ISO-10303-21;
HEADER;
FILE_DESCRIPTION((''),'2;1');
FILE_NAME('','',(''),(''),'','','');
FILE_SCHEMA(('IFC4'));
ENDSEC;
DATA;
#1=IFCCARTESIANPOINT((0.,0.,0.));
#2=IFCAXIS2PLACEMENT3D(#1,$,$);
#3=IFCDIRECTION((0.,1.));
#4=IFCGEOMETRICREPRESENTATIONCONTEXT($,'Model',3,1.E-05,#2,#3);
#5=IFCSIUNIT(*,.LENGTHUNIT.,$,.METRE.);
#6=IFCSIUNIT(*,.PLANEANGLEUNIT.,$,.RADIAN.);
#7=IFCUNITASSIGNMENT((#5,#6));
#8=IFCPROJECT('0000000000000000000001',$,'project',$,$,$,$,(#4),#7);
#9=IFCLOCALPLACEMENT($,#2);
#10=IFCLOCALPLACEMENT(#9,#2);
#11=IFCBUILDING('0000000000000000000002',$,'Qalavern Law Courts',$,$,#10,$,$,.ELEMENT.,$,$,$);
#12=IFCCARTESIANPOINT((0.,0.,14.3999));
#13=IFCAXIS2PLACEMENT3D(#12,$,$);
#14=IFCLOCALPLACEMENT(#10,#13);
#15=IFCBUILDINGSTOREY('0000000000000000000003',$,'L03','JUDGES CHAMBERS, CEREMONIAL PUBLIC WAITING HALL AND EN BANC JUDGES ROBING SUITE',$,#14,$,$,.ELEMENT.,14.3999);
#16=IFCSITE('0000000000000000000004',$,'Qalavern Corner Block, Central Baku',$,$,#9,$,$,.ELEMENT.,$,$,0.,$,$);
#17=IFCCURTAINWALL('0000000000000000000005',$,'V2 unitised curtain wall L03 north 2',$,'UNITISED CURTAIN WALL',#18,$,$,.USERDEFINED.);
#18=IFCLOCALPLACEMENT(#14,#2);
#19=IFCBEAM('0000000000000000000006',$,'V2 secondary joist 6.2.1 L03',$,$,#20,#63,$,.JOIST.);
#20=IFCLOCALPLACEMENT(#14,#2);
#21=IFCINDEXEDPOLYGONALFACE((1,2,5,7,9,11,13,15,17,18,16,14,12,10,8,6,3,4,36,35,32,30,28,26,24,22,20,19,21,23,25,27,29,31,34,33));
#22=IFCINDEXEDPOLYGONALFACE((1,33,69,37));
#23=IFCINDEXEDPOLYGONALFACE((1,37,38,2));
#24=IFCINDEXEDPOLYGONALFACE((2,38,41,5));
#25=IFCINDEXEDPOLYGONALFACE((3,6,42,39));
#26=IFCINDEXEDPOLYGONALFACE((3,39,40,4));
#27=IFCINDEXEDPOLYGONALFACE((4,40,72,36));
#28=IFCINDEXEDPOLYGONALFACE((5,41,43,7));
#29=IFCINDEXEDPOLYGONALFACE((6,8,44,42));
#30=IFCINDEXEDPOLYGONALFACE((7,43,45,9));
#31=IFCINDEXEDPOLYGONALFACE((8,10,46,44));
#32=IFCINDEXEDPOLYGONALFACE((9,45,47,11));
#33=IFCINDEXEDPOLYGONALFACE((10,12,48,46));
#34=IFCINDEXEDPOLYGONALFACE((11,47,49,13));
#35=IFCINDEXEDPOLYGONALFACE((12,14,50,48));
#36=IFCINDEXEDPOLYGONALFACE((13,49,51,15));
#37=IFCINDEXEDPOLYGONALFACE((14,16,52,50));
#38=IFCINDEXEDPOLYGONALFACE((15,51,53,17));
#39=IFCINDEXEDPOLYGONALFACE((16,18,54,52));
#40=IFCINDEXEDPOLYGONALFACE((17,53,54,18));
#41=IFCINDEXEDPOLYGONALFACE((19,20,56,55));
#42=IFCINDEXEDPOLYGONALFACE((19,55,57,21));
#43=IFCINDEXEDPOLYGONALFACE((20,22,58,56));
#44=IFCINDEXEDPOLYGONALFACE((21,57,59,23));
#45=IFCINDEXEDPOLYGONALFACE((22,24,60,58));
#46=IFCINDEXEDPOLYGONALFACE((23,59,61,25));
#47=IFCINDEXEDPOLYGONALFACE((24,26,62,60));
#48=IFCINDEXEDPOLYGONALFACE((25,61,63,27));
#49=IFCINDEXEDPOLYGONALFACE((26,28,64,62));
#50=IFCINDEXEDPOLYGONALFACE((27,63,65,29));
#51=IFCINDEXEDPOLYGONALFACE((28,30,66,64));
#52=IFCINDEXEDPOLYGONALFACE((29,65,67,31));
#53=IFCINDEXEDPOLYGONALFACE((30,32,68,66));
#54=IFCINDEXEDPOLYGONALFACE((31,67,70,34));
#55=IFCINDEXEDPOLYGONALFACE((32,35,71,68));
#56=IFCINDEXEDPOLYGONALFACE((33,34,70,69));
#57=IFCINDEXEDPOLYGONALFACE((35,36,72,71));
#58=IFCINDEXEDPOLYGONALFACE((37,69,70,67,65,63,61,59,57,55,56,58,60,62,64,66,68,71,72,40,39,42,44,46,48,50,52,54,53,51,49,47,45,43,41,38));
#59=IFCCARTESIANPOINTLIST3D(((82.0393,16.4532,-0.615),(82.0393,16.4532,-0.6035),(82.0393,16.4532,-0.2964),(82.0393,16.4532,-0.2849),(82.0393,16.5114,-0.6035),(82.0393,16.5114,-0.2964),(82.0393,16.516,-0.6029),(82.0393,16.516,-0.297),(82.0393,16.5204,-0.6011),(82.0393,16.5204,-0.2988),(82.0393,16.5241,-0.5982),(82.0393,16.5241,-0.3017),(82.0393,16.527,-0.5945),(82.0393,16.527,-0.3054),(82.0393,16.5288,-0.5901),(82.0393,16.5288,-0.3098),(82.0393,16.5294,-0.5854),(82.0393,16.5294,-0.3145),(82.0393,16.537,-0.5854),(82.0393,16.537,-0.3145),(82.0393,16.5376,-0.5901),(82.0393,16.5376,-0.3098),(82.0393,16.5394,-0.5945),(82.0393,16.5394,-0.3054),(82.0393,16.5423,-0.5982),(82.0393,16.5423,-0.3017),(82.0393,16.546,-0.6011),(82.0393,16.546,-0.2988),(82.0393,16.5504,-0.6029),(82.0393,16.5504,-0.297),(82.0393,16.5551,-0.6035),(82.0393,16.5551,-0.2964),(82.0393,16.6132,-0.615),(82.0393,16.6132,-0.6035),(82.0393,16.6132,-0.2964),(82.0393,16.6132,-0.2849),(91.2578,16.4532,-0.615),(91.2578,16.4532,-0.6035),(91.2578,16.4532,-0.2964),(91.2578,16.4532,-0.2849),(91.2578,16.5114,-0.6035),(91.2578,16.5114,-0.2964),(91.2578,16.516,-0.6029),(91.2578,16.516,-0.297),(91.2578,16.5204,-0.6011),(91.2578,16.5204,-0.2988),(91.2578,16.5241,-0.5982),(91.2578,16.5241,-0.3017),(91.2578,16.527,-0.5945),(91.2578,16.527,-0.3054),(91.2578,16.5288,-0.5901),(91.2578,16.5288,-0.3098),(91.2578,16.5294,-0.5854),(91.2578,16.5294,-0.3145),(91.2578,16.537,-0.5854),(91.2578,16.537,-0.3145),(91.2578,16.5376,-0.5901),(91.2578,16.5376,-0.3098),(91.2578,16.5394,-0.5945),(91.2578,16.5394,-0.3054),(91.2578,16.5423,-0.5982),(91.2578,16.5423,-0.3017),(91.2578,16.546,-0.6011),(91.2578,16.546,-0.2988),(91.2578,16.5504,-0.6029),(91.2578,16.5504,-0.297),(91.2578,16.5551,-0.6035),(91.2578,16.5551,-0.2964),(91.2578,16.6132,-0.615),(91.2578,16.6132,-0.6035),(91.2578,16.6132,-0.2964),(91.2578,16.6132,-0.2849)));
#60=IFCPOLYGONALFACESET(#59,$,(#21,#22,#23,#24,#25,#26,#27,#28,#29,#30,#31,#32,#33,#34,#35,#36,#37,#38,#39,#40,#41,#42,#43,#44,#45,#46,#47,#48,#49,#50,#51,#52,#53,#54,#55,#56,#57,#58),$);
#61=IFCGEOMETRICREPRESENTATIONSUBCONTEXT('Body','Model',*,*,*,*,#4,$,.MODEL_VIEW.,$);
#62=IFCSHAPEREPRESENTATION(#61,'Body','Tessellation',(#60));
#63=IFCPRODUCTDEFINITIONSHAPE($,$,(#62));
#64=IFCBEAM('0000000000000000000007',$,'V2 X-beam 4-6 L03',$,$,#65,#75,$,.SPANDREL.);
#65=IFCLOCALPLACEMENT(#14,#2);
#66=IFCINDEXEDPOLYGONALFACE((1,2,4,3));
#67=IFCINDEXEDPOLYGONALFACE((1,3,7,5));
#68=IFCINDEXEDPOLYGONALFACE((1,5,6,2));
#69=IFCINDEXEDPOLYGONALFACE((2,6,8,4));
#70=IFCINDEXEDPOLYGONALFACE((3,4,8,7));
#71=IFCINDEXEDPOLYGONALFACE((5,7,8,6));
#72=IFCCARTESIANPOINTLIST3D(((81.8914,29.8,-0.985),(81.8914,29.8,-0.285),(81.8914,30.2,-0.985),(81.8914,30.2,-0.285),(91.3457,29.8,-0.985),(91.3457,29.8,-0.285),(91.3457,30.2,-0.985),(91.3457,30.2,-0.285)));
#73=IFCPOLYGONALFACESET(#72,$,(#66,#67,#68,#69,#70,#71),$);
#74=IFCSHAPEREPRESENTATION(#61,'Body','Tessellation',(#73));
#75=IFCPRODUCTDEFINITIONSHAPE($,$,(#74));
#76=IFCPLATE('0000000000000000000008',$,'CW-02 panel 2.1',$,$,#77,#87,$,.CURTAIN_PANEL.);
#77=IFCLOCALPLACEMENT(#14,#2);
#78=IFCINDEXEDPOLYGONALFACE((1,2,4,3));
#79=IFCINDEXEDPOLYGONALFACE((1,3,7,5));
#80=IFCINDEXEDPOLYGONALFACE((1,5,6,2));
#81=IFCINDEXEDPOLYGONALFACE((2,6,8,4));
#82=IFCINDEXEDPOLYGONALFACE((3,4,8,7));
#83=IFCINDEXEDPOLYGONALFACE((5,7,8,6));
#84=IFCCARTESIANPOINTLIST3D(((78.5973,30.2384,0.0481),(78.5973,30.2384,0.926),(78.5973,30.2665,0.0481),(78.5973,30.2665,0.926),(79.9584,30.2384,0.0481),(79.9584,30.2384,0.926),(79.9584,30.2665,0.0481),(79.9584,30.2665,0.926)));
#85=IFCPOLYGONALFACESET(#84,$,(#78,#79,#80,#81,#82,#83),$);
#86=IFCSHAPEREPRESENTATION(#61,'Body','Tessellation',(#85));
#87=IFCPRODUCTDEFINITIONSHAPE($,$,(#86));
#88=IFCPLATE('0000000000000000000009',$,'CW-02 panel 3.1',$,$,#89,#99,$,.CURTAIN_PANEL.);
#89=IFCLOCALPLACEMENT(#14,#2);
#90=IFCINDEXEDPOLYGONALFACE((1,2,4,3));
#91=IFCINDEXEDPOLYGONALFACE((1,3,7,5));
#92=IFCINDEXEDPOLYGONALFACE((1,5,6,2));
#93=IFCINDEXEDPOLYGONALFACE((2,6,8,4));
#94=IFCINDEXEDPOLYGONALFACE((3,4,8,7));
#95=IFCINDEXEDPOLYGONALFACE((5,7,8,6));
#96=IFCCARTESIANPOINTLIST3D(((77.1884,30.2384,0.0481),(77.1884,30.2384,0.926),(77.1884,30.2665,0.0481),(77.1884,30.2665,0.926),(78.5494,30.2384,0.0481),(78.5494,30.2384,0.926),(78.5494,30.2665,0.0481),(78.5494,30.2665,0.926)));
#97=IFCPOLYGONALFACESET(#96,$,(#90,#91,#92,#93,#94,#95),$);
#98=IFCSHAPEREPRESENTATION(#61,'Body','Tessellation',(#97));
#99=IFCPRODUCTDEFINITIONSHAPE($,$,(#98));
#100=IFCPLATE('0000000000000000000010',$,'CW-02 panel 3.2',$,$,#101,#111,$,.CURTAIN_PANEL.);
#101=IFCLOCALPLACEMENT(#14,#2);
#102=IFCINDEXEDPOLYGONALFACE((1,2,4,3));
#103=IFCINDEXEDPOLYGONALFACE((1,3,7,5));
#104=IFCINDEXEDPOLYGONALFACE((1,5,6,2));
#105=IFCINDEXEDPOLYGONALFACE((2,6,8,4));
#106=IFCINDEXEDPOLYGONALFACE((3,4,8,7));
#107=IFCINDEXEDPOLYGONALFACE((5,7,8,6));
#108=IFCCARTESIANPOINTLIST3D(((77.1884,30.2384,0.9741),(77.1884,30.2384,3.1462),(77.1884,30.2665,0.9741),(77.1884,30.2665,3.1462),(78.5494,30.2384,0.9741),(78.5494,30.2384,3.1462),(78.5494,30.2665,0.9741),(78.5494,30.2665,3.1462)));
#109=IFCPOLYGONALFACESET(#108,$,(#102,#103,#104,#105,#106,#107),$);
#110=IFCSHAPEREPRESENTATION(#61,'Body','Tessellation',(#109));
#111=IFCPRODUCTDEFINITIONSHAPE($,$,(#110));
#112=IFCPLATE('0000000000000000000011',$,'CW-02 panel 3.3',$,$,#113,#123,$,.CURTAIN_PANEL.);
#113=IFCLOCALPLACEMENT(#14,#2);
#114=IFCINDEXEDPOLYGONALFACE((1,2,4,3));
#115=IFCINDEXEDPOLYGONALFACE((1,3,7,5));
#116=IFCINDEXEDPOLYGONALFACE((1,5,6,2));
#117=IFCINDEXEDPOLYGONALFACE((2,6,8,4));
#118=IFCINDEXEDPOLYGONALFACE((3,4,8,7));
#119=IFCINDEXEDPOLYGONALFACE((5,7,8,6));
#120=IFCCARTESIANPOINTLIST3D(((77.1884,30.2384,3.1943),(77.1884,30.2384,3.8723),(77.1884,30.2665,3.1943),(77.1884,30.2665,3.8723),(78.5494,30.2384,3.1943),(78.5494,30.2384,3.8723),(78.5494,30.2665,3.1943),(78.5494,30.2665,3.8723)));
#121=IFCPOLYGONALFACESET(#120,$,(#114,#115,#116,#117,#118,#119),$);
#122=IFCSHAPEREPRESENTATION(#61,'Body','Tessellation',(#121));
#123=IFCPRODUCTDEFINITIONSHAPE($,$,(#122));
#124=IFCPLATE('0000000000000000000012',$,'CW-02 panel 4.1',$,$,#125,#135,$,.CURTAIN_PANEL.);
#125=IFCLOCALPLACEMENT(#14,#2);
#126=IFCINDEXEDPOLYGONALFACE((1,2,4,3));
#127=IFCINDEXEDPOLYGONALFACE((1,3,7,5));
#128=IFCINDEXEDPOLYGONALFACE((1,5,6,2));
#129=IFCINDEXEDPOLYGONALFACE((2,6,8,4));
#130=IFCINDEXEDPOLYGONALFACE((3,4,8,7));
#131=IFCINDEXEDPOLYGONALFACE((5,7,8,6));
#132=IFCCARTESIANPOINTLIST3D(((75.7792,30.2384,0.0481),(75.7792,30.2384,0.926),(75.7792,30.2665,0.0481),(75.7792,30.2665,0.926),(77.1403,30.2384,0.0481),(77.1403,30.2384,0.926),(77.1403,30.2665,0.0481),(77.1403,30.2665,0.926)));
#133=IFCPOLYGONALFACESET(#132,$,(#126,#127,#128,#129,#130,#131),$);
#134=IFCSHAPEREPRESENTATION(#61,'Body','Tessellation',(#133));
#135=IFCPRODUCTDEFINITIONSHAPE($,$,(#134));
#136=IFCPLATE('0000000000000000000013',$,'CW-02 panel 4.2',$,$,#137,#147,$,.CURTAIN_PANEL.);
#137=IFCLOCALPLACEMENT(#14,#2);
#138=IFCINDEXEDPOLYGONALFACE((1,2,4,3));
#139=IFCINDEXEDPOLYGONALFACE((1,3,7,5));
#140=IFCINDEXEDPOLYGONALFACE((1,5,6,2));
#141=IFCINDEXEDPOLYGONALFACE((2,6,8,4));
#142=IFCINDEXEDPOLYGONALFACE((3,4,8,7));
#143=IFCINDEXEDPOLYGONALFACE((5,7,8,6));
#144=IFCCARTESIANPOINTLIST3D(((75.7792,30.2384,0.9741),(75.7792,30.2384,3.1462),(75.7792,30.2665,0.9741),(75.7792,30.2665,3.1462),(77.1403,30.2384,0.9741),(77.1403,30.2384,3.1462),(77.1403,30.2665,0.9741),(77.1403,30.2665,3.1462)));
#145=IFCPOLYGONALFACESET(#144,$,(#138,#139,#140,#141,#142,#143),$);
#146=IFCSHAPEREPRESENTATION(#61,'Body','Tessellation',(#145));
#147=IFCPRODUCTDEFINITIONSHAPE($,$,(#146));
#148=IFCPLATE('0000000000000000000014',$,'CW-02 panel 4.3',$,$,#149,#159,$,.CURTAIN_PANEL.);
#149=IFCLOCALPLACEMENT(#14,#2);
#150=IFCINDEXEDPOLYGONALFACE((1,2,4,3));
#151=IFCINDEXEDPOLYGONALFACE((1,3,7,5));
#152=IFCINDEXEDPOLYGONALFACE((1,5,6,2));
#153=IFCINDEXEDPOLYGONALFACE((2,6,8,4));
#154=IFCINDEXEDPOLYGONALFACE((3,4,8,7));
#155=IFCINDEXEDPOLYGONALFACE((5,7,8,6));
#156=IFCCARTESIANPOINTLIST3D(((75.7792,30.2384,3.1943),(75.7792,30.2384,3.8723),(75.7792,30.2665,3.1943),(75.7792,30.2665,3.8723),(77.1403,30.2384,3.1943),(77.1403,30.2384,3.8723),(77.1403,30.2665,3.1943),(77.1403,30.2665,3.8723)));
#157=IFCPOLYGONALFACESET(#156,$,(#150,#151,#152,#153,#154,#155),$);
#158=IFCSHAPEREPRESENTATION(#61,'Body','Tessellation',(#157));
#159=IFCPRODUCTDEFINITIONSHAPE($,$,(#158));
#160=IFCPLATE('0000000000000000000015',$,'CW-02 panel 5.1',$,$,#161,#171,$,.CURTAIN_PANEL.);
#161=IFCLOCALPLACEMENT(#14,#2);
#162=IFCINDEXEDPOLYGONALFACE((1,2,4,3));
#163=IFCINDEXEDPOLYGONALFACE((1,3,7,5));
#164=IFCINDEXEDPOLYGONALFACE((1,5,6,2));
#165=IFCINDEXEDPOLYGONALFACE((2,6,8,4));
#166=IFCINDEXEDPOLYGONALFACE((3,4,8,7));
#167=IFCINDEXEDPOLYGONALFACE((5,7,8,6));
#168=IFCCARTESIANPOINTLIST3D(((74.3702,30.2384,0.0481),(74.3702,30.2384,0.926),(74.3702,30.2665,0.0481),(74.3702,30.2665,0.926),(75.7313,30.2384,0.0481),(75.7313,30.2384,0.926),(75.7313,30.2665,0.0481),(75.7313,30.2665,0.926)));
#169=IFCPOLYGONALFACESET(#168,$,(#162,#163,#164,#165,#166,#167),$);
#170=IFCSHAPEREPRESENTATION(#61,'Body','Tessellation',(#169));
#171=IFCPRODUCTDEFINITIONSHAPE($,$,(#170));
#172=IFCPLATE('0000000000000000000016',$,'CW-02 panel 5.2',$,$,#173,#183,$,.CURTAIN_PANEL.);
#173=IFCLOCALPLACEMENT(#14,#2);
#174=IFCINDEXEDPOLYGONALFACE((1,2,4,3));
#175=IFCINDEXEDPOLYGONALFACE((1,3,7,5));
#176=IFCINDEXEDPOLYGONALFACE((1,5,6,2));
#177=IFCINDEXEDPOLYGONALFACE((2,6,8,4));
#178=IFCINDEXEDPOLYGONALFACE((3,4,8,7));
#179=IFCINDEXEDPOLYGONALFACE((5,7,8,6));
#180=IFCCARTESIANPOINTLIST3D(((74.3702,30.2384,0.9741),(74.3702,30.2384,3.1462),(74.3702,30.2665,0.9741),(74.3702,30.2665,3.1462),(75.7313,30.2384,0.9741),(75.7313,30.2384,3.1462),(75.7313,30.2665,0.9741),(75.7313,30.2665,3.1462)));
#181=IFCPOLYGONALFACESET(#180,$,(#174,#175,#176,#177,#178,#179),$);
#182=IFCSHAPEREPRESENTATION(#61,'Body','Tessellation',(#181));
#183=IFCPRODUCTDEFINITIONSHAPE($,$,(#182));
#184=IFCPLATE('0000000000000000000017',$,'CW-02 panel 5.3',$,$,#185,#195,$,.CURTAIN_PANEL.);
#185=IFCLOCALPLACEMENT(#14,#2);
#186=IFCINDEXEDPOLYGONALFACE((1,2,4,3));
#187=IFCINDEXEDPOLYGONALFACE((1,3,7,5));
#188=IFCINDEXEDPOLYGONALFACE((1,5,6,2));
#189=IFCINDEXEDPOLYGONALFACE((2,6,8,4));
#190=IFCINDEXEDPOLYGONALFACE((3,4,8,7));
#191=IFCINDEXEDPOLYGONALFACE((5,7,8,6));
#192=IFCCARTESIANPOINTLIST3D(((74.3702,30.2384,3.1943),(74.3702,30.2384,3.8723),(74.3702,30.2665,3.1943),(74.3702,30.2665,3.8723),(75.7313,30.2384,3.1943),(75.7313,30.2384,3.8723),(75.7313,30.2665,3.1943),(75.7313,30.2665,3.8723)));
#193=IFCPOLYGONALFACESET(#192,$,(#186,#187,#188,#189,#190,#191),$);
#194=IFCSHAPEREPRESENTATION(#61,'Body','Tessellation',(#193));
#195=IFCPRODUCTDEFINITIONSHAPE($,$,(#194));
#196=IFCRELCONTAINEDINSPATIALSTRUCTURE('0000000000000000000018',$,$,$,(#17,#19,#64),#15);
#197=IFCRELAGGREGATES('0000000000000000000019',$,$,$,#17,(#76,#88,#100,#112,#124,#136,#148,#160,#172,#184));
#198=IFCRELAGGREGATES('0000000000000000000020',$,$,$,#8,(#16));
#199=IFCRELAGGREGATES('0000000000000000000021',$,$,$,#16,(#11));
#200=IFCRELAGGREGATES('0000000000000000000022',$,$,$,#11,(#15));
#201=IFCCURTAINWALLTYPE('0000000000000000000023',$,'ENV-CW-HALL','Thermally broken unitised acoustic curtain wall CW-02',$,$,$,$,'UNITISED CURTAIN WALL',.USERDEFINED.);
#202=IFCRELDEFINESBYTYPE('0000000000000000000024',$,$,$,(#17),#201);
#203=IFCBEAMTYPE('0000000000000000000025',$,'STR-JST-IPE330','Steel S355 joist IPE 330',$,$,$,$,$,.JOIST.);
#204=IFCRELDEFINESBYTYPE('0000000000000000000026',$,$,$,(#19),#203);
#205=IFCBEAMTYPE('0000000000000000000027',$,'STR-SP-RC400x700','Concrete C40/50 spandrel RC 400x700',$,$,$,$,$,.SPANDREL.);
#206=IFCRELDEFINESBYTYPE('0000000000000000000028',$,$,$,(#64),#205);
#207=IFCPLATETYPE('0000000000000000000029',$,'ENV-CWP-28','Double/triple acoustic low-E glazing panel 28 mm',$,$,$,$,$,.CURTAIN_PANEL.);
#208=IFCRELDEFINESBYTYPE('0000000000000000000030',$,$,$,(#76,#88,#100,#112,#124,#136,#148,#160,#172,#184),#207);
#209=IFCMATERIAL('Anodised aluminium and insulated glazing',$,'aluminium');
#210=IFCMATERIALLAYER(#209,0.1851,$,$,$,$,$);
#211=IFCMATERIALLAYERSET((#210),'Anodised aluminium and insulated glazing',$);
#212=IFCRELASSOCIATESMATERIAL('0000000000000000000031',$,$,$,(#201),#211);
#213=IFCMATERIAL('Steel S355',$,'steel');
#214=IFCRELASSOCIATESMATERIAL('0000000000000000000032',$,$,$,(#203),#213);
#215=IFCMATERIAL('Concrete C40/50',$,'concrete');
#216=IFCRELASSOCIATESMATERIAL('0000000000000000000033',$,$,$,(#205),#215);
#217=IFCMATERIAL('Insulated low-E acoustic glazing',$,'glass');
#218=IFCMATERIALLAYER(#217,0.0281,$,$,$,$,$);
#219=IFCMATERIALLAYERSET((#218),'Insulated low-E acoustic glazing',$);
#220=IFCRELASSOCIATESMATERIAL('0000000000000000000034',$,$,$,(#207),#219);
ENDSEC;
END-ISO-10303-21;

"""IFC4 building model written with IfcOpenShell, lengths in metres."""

from ifc_helpers import new_model, si_unit, direction, frame, origin, origin_2d, place, context, subcontext, project, spatial, rectangle, i_section, extrude, material, layer, layer_set, material_profile, profile_set, type_object, element, aggregate, save


model = new_model("IFC4")

# Units and contexts
model_context = context("Model", 3, precision=1e-05, world=origin(), true_north=direction((0.0, 1.0)))
body_context = subcontext(model_context, "Body", "Model", "MODEL_VIEW")
ifc_project = project(units=[si_unit("LENGTHUNIT", "METRE"), si_unit("PLANEANGLEUNIT", "RADIAN")], contexts=[model_context])

# Site, building, storey
site_placement = place(None, origin())
site = spatial("IfcSite", under=ifc_project, at=site_placement, Name="Qalavern Corner Block, Central Baku", CompositionType="ELEMENT", RefElevation=0.0)
building_placement = place(site_placement, origin())
building = spatial("IfcBuilding", under=site, at=building_placement, Name="Qalavern Law Courts", CompositionType="ELEMENT")
storey_placement = place(building_placement, frame((0.0, 0.0, 14.3999)))
storey = spatial("IfcBuildingStorey", under=building, at=storey_placement, Name="L03", Description="JUDGES CHAMBERS, CEREMONIAL PUBLIC WAITING HALL AND EN BANC JUDGES ROBING SUITE", CompositionType="ELEMENT", Elevation=14.3999)

# Curtain wall
ifc_material_1 = material(Name="Anodised aluminium and insulated glazing", Category="aluminium")
ifc_layer_1 = layer(ifc_material_1, 0.1851)
ifc_layer_set_1 = layer_set([ifc_layer_1], Name="Anodised aluminium and insulated glazing")
curtain_wall_type = type_object("IfcCurtainWallType", Name="ENV-CW-HALL", Description="Thermally broken unitised acoustic curtain wall CW-02", ElementType="UNITISED CURTAIN WALL", PredefinedType="USERDEFINED", material=ifc_layer_set_1)
curtain_wall_placement = place(storey_placement, origin())
curtain_wall = element("IfcCurtainWall", 1, at=curtain_wall_placement, inside=storey, type_object=curtain_wall_type, Name="V2 unitised curtain wall L03 north 2", ObjectType="UNITISED CURTAIN WALL", PredefinedType="USERDEFINED")

# Beams
ifc_material_2 = material(Name="Steel S355", Category="steel")
ifc_material_3 = material(Name="Concrete C40/50", Category="concrete")
ifc_material_profile_1 = material_profile(ifc_material_2, i_section(OverallWidth=0.1599, OverallDepth=0.3301, WebThickness=0.0076, FlangeThickness=0.0115, FilletRadius=0.0181, at=origin_2d()), Name="IPE 330")
ifc_profile_set_1 = profile_set([ifc_material_profile_1], Name="Steel S355")
beam_type_1 = type_object("IfcBeamType", Name="STR-JST-IPE330", Description="Steel S355 joist IPE 330", PredefinedType="JOIST", material=ifc_profile_set_1)
beam_1_placement = place(storey_placement, frame((82.0393, 16.5332, -0.45), z_axis=(1.0, 0.0, 0.0), x_axis=(0.0, 1.0, 0.0)))
element("IfcBeam", 2, at=beam_1_placement, inside=storey, type_object=beam_type_1, Name="V2 secondary joist 6.2.1 L03", PredefinedType="JOIST", context=body_context, shape_type="SweptSolid", body=[
    extrude(i_section(OverallWidth=0.1599, OverallDepth=0.3301, WebThickness=0.0076, FlangeThickness=0.0115, FilletRadius=0.0181, at=origin_2d()), origin(), (0.0, 0.0, 1.0), 9.2185),
])
ifc_material_profile_2 = material_profile(ifc_material_3, rectangle(XDim=0.3999, YDim=0.7, at=origin_2d()), Name="RC 400x700")
ifc_profile_set_2 = profile_set([ifc_material_profile_2], Name="Concrete C40/50")
beam_type_2 = type_object("IfcBeamType", Name="STR-SP-RC400x700", Description="Concrete C40/50 spandrel RC 400x700", PredefinedType="SPANDREL", material=ifc_profile_set_2)
beam_2_placement = place(storey_placement, frame((81.8914, 30.0, -0.635), z_axis=(1.0, 0.0, 0.0), x_axis=(0.0, 1.0, 0.0)))
element("IfcBeam", 3, at=beam_2_placement, inside=storey, type_object=beam_type_2, Name="V2 X-beam 4-6 L03", PredefinedType="SPANDREL", context=body_context, shape_type="SweptSolid", body=[
    extrude(rectangle(XDim=0.3999, YDim=0.7, at=origin_2d()), origin(), (0.0, 0.0, 1.0), 9.4543),
])

# Plates
ifc_material_4 = material(Name="Insulated low-E acoustic glazing", Category="glass")
ifc_layer_2 = layer(ifc_material_4, 0.0281)
ifc_layer_set_2 = layer_set([ifc_layer_2], Name="Insulated low-E acoustic glazing")
plate_type = type_object("IfcPlateType", Name="ENV-CWP-28", Description="Double/triple acoustic low-E glazing panel 28 mm", PredefinedType="CURTAIN_PANEL", material=ifc_layer_set_2)
plate_1_placement = place(storey_placement, frame((79.2778, 30.2524, 0.0481), z_axis=(0.0, 0.0, 1.0), x_axis=(-1.0, 0.0, 0.0)))
plate_1 = element("IfcPlate", 4, at=plate_1_placement, type_object=plate_type, Name="CW-02 panel 2.1", PredefinedType="CURTAIN_PANEL", context=body_context, shape_type="SweptSolid", body=[
    extrude(rectangle(XDim=1.3611, YDim=0.0281, at=origin_2d()), origin(), (0.0, 0.0, 1.0), 0.8779),
])
plate_2_placement = place(storey_placement, frame((77.8689, 30.2524, 0.0481), z_axis=(0.0, 0.0, 1.0), x_axis=(-1.0, 0.0, 0.0)))
plate_2 = element("IfcPlate", 5, at=plate_2_placement, type_object=plate_type, Name="CW-02 panel 3.1", PredefinedType="CURTAIN_PANEL", context=body_context, shape_type="SweptSolid", body=[
    extrude(rectangle(XDim=1.3611, YDim=0.0281, at=origin_2d()), origin(), (0.0, 0.0, 1.0), 0.8779),
])
plate_3_placement = place(storey_placement, frame((77.8689, 30.2524, 0.9741), z_axis=(0.0, 0.0, 1.0), x_axis=(-1.0, 0.0, 0.0)))
plate_3 = element("IfcPlate", 6, at=plate_3_placement, type_object=plate_type, Name="CW-02 panel 3.2", PredefinedType="CURTAIN_PANEL", context=body_context, shape_type="SweptSolid", body=[
    extrude(rectangle(XDim=1.3611, YDim=0.0281, at=origin_2d()), origin(), (0.0, 0.0, 1.0), 2.1721),
])
plate_4_placement = place(storey_placement, frame((77.8689, 30.2524, 3.1943), z_axis=(0.0, 0.0, 1.0), x_axis=(-1.0, 0.0, 0.0)))
plate_4 = element("IfcPlate", 7, at=plate_4_placement, type_object=plate_type, Name="CW-02 panel 3.3", PredefinedType="CURTAIN_PANEL", context=body_context, shape_type="SweptSolid", body=[
    extrude(rectangle(XDim=1.3611, YDim=0.0281, at=origin_2d()), origin(), (0.0, 0.0, 1.0), 0.678),
])
plate_5_placement = place(storey_placement, frame((76.4597, 30.2524, 0.0481), z_axis=(0.0, 0.0, 1.0), x_axis=(-1.0, 0.0, 0.0)))
plate_5 = element("IfcPlate", 8, at=plate_5_placement, type_object=plate_type, Name="CW-02 panel 4.1", PredefinedType="CURTAIN_PANEL", context=body_context, shape_type="SweptSolid", body=[
    extrude(rectangle(XDim=1.3611, YDim=0.0281, at=origin_2d()), origin(), (0.0, 0.0, 1.0), 0.8779),
])
plate_6_placement = place(storey_placement, frame((76.4597, 30.2524, 0.9741), z_axis=(0.0, 0.0, 1.0), x_axis=(-1.0, 0.0, 0.0)))
plate_6 = element("IfcPlate", 9, at=plate_6_placement, type_object=plate_type, Name="CW-02 panel 4.2", PredefinedType="CURTAIN_PANEL", context=body_context, shape_type="SweptSolid", body=[
    extrude(rectangle(XDim=1.3611, YDim=0.0281, at=origin_2d()), origin(), (0.0, 0.0, 1.0), 2.1721),
])
plate_7_placement = place(storey_placement, frame((76.4597, 30.2524, 3.1943), z_axis=(0.0, 0.0, 1.0), x_axis=(-1.0, 0.0, 0.0)))
plate_7 = element("IfcPlate", 10, at=plate_7_placement, type_object=plate_type, Name="CW-02 panel 4.3", PredefinedType="CURTAIN_PANEL", context=body_context, shape_type="SweptSolid", body=[
    extrude(rectangle(XDim=1.3611, YDim=0.0281, at=origin_2d()), origin(), (0.0, 0.0, 1.0), 0.678),
])
plate_8_placement = place(storey_placement, frame((75.0508, 30.2524, 0.0481), z_axis=(0.0, 0.0, 1.0), x_axis=(-1.0, 0.0, 0.0)))
plate_8 = element("IfcPlate", 11, at=plate_8_placement, type_object=plate_type, Name="CW-02 panel 5.1", PredefinedType="CURTAIN_PANEL", context=body_context, shape_type="SweptSolid", body=[
    extrude(rectangle(XDim=1.3611, YDim=0.0281, at=origin_2d()), origin(), (0.0, 0.0, 1.0), 0.8779),
])
plate_9_placement = place(storey_placement, frame((75.0508, 30.2524, 0.9741), z_axis=(0.0, 0.0, 1.0), x_axis=(-1.0, 0.0, 0.0)))
plate_9 = element("IfcPlate", 12, at=plate_9_placement, type_object=plate_type, Name="CW-02 panel 5.2", PredefinedType="CURTAIN_PANEL", context=body_context, shape_type="SweptSolid", body=[
    extrude(rectangle(XDim=1.3611, YDim=0.0281, at=origin_2d()), origin(), (0.0, 0.0, 1.0), 2.1721),
])
plate_10_placement = place(storey_placement, frame((75.0508, 30.2524, 3.1943), z_axis=(0.0, 0.0, 1.0), x_axis=(-1.0, 0.0, 0.0)))
plate_10 = element("IfcPlate", 13, at=plate_10_placement, type_object=plate_type, Name="CW-02 panel 5.3", PredefinedType="CURTAIN_PANEL", context=body_context, shape_type="SweptSolid", body=[
    extrude(rectangle(XDim=1.3611, YDim=0.0281, at=origin_2d()), origin(), (0.0, 0.0, 1.0), 0.678),
])
aggregate(curtain_wall, [plate_1, plate_2, plate_3, plate_4, plate_5, plate_6, plate_7, plate_8, plate_9, plate_10])

save(model, "model.ifc")
